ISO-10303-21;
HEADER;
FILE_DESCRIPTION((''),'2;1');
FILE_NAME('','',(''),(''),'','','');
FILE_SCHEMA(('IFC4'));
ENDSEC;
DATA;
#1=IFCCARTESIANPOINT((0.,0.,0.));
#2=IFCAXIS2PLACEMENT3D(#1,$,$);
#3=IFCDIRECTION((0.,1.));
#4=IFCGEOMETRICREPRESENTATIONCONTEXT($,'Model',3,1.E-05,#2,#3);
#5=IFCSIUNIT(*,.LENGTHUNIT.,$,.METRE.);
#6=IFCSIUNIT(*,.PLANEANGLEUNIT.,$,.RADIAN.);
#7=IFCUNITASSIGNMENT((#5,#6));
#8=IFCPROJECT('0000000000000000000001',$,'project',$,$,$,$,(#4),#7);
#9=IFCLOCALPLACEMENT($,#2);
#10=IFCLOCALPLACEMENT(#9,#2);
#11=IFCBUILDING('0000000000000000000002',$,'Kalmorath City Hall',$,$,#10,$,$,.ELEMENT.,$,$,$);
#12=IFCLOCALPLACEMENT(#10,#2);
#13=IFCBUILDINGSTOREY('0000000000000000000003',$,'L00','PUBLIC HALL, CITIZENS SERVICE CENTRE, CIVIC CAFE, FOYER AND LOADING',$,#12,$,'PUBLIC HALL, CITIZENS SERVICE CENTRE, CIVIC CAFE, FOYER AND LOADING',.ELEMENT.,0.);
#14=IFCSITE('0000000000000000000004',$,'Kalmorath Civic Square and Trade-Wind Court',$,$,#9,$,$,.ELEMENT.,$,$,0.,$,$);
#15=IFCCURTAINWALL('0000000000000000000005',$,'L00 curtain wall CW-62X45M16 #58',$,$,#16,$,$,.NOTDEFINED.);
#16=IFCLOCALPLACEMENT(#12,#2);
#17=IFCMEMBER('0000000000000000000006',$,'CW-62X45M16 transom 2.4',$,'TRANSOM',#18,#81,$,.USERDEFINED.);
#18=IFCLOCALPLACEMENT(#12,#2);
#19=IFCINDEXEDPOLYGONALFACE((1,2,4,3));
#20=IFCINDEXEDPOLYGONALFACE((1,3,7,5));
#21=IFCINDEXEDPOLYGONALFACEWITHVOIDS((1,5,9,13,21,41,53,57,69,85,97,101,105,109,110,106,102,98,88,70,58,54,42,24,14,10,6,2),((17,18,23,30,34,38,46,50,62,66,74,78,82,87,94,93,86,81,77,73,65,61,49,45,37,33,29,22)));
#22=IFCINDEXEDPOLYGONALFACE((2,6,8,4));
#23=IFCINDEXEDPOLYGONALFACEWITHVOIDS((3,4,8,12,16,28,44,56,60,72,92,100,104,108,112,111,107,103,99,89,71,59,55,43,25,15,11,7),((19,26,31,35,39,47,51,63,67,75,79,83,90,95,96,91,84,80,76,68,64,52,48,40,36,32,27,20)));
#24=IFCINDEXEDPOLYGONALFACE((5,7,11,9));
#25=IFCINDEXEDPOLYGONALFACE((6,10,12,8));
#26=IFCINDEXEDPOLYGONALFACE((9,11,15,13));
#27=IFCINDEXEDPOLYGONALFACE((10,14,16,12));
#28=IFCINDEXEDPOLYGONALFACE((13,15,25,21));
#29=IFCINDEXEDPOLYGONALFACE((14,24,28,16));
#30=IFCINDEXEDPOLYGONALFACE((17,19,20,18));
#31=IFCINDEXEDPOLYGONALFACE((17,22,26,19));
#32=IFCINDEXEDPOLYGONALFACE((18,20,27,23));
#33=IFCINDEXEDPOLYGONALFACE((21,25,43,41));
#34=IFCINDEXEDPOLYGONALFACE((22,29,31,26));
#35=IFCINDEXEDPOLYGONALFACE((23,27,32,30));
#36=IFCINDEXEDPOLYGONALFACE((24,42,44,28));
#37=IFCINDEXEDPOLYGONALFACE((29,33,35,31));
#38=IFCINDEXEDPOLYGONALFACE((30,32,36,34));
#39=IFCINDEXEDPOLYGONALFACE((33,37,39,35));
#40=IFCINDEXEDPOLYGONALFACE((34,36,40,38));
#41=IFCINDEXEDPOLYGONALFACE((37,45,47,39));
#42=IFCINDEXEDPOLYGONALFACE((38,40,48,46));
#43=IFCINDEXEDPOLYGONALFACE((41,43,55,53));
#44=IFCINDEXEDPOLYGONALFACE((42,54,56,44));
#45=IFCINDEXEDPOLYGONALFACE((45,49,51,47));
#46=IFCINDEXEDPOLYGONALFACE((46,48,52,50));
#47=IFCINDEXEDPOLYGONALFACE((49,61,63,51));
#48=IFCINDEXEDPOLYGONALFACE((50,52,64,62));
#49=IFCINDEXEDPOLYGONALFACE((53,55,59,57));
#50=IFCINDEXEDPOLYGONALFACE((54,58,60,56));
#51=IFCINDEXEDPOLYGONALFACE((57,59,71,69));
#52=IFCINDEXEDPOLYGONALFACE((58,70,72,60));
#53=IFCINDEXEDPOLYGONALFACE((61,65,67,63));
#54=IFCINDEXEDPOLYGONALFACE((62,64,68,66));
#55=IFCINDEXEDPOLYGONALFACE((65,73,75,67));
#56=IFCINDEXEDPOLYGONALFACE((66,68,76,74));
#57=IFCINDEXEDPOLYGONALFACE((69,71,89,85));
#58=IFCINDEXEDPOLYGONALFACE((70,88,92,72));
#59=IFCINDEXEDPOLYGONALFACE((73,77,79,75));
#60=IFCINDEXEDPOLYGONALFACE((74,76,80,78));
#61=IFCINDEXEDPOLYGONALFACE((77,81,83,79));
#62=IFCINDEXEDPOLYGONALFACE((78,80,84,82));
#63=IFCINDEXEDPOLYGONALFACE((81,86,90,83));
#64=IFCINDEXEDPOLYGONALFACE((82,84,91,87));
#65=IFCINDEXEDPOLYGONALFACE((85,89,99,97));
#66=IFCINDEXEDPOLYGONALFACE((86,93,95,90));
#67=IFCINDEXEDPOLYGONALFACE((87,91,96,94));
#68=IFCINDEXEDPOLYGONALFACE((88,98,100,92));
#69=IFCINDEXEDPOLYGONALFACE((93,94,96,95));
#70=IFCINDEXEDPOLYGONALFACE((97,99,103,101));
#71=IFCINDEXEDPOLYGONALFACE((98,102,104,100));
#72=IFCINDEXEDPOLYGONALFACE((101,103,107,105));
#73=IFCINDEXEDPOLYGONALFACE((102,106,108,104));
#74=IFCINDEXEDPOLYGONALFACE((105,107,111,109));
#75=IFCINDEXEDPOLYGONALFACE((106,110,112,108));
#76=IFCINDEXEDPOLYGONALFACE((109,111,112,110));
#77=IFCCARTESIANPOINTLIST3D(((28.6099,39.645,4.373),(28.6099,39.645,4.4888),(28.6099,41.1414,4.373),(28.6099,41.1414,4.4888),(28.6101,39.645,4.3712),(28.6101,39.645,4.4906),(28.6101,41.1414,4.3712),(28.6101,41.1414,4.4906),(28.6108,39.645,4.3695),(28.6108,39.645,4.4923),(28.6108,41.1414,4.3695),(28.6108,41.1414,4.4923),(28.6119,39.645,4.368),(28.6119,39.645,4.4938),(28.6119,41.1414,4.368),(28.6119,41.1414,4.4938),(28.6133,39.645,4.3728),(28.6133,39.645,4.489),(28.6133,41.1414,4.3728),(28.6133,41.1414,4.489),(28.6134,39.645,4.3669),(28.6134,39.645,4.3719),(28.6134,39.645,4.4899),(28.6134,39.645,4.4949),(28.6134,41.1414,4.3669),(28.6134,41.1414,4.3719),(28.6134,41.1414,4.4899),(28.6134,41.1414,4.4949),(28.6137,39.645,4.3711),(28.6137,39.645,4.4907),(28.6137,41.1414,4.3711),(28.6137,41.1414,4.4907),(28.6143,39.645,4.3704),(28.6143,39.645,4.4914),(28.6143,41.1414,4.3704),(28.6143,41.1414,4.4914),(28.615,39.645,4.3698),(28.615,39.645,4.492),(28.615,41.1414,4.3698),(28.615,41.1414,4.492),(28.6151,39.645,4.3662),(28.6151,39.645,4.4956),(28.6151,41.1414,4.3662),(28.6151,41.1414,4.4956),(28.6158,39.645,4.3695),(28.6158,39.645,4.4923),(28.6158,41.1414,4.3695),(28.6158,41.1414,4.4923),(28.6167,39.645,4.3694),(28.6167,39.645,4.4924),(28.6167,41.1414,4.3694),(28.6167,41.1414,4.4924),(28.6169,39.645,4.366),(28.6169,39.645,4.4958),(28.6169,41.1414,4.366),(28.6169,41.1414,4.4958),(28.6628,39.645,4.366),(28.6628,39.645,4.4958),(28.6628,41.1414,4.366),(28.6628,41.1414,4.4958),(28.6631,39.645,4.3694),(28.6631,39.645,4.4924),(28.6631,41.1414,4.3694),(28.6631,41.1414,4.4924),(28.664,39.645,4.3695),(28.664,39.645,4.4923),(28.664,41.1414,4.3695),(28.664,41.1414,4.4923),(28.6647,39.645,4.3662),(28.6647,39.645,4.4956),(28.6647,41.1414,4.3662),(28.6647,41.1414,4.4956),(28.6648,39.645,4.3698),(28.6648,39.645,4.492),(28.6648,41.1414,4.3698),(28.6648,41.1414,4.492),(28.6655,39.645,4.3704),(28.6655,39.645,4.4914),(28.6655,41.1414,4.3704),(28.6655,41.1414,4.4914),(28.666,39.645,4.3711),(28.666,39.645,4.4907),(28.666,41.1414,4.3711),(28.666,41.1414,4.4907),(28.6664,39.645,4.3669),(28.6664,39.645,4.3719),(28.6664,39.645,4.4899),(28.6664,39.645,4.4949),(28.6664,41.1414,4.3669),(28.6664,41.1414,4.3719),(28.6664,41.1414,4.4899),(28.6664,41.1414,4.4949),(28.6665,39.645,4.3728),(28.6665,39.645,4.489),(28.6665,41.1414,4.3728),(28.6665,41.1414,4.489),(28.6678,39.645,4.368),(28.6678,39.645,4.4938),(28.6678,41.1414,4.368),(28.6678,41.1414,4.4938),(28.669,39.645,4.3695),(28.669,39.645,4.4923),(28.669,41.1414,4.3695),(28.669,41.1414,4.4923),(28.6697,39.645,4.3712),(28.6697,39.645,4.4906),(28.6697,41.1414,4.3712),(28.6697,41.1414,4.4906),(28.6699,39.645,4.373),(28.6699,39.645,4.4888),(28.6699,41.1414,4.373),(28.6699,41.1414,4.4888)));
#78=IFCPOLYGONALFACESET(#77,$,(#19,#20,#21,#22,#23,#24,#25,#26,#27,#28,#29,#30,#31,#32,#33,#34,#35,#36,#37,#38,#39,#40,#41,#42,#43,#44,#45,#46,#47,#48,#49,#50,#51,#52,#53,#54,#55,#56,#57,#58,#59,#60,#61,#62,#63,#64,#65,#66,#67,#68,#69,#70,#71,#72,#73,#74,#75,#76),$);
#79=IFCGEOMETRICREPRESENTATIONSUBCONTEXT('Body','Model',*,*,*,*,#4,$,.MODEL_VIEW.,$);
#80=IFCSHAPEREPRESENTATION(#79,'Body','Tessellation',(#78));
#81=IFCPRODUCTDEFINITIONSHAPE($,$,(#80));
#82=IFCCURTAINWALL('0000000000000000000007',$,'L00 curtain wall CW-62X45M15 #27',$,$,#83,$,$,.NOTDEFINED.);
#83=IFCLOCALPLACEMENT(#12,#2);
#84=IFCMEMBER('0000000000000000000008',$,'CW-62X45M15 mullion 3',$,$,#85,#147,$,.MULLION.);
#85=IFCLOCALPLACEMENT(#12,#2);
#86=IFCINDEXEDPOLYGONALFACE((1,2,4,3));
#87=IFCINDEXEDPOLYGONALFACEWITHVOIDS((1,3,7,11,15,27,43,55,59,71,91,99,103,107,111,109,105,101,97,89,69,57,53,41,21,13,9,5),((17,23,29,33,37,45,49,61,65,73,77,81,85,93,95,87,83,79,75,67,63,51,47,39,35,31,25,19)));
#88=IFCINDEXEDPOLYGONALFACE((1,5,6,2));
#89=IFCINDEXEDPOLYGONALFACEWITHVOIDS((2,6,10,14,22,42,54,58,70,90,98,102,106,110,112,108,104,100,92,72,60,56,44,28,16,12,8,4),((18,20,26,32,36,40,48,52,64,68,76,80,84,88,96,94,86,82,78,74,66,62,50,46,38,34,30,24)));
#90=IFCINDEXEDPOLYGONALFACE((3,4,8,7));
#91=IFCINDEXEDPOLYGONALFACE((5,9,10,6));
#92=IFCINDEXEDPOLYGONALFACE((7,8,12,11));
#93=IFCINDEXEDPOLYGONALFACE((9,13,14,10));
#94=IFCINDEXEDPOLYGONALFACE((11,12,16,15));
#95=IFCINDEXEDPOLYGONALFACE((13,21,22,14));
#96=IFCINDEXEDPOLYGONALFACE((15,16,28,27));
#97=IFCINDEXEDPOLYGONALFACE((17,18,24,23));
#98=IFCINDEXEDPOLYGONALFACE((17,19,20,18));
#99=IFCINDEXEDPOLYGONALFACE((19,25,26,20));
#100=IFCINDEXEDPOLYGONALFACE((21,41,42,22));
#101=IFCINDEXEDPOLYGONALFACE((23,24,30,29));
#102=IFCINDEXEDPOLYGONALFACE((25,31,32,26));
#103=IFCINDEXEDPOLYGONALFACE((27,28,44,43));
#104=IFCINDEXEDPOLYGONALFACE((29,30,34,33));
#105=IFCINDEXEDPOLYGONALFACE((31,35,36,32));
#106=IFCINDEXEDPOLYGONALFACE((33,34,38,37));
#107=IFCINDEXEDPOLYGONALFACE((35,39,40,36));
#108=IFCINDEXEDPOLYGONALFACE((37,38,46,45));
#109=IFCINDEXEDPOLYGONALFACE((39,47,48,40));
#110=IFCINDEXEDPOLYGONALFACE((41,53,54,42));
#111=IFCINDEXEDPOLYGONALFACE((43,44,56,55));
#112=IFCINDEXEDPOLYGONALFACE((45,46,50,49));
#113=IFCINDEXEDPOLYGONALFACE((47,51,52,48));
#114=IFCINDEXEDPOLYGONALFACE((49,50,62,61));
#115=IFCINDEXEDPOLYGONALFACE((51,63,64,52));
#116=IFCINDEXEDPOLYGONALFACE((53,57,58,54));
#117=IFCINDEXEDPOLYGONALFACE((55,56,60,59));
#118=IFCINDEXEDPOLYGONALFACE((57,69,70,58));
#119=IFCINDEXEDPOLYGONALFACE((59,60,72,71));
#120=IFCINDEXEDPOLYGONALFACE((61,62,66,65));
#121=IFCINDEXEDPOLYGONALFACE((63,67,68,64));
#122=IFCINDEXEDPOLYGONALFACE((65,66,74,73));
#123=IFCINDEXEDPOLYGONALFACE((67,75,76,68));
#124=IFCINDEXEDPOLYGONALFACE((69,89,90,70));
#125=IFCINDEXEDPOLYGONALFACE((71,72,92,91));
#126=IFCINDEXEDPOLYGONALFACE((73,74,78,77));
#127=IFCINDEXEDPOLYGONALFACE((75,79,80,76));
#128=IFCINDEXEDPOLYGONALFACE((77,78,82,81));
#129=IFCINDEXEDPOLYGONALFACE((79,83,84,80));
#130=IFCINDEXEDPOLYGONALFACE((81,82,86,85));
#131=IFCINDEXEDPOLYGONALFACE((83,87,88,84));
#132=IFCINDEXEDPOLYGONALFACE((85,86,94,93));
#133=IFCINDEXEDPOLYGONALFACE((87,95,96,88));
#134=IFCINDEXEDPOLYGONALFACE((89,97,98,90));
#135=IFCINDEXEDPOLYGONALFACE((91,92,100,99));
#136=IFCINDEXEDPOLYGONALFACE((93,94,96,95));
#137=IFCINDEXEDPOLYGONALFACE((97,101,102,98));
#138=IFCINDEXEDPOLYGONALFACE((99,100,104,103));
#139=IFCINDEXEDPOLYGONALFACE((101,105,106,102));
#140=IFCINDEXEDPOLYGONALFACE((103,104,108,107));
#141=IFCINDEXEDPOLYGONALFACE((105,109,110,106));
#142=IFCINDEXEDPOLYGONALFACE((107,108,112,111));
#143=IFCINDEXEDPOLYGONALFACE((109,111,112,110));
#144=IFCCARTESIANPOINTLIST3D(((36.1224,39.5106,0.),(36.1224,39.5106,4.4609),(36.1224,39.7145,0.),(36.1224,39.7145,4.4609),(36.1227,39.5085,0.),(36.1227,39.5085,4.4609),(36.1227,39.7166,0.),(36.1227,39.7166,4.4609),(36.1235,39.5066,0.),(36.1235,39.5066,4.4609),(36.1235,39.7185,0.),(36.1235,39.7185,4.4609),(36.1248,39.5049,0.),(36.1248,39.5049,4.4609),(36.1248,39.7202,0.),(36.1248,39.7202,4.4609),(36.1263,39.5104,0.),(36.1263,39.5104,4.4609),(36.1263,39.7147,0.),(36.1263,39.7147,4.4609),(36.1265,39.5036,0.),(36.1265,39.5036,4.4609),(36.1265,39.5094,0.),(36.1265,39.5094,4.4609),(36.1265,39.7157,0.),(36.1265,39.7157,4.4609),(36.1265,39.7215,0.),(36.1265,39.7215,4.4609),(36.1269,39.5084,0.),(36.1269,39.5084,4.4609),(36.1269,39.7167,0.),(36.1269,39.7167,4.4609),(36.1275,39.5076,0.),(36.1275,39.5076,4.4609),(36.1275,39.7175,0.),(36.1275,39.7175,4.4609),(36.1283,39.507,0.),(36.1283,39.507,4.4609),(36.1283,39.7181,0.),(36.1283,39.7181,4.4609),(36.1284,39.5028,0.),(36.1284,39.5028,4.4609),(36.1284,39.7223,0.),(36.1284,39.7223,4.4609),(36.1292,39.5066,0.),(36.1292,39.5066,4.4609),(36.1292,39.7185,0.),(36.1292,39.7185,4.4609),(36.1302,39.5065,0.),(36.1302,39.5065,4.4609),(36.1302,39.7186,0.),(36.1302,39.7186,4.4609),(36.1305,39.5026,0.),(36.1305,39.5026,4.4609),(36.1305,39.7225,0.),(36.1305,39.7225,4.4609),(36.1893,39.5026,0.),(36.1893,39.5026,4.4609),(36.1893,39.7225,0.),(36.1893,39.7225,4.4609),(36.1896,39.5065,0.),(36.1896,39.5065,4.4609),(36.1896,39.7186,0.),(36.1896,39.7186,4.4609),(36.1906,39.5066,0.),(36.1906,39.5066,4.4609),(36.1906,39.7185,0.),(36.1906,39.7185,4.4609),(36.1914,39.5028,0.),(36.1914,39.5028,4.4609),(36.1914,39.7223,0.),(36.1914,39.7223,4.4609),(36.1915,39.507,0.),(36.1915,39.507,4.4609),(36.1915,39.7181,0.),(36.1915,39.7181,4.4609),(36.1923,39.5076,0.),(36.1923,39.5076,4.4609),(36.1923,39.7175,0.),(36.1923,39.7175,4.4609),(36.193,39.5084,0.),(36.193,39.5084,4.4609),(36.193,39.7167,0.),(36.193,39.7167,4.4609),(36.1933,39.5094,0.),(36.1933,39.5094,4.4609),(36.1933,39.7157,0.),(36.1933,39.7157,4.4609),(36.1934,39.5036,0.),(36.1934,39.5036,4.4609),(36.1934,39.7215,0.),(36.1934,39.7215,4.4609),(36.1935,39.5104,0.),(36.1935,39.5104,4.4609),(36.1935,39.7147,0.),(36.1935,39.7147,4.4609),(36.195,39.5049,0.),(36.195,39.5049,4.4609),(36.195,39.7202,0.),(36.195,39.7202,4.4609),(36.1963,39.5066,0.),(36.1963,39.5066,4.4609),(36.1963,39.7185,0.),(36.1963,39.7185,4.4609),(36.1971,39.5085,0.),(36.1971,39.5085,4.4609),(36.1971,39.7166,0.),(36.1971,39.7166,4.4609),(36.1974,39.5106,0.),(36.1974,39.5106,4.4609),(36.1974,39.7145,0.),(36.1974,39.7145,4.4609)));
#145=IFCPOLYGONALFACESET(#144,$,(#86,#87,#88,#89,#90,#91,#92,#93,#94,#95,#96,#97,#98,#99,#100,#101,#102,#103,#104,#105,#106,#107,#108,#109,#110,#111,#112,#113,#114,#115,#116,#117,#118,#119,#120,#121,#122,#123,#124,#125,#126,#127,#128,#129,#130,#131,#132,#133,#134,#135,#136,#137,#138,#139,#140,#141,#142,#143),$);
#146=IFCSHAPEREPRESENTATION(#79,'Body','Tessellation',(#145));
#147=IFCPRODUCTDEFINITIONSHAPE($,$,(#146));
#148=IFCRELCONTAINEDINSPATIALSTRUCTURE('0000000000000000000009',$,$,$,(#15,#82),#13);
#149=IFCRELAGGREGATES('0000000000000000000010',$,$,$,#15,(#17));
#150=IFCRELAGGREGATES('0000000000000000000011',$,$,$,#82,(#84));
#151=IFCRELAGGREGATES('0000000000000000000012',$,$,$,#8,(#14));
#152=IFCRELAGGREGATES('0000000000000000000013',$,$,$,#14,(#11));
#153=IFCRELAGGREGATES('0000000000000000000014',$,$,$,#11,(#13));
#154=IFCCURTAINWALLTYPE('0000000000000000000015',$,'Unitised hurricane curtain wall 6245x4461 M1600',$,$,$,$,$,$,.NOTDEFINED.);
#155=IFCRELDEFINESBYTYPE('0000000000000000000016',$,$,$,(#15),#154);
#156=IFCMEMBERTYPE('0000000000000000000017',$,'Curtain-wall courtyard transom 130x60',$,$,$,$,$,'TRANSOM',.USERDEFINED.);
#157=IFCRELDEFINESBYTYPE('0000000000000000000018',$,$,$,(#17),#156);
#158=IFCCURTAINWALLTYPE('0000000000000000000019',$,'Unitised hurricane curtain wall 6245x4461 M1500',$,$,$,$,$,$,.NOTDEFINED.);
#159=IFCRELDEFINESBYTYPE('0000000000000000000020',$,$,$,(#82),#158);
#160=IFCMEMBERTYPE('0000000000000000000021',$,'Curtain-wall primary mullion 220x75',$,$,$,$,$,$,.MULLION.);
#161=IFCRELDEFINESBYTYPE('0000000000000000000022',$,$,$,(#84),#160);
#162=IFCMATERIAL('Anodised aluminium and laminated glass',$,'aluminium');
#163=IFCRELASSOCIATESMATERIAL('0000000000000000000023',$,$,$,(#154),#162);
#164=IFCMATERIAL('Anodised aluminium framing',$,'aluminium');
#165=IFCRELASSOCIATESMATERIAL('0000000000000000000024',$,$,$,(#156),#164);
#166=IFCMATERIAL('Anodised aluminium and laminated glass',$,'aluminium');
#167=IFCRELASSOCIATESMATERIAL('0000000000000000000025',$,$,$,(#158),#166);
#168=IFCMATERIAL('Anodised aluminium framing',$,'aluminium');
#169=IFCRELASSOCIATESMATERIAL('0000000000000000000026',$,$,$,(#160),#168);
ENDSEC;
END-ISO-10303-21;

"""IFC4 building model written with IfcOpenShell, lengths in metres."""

from ifc_helpers import new_model, si_unit, direction, frame, origin, origin_2d, place, context, subcontext, project, spatial, hollow_rectangle, extrude, material, material_profile, profile_set, type_object, element, aggregate, save


model = new_model("IFC4")

# Units and contexts
model_context = context("Model", 3, precision=1e-05, world=origin(), true_north=direction((0.0, 1.0)))
body_context = subcontext(model_context, "Body", "Model", "MODEL_VIEW")
ifc_project = project(units=[si_unit("LENGTHUNIT", "METRE"), si_unit("PLANEANGLEUNIT", "RADIAN")], contexts=[model_context])

# Site, building, storey
site_placement = place(None, origin())
site = spatial("IfcSite", under=ifc_project, at=site_placement, Name="Kalmorath Civic Square and Trade-Wind Court", CompositionType="ELEMENT", RefElevation=0.0)
building_placement = place(site_placement, origin())
building = spatial("IfcBuilding", under=site, at=building_placement, Name="Kalmorath City Hall", CompositionType="ELEMENT")
storey_placement = place(building_placement, origin())
storey = spatial("IfcBuildingStorey", under=building, at=storey_placement, Name="L00", Description="PUBLIC HALL, CITIZENS SERVICE CENTRE, CIVIC CAFE, FOYER AND LOADING", LongName="PUBLIC HALL, CITIZENS SERVICE CENTRE, CIVIC CAFE, FOYER AND LOADING", CompositionType="ELEMENT", Elevation=0.0)

# Curtain walls, members
ifc_material_1 = material(Name="Anodised aluminium and laminated glass", Category="aluminium")
curtain_wall_type_1 = type_object("IfcCurtainWallType", Name="Unitised hurricane curtain wall 6245x4461 M1600", PredefinedType="NOTDEFINED", material=ifc_material_1)
curtain_wall_1_placement = place(storey_placement, origin())
curtain_wall_1 = element("IfcCurtainWall", 1, at=curtain_wall_1_placement, inside=storey, type_object=curtain_wall_type_1, Name="L00 curtain wall CW-62X45M16 #58", PredefinedType="NOTDEFINED")
ifc_material_2 = material(Name="Anodised aluminium framing", Category="aluminium")
ifc_material_profile_1 = material_profile(ifc_material_2, hollow_rectangle(XDim=0.0601, YDim=0.1299, WallThickness=0.0034, InnerFilletRadius=0.0034, OuterFilletRadius=0.0071, at=origin_2d()), Name="ALU-TRN-130X60X3.5")
ifc_profile_set_1 = profile_set([ifc_material_profile_1], Name="Anodised aluminium framing")
member_type_1 = type_object("IfcMemberType", Name="Curtain-wall courtyard transom 130x60", ElementType="TRANSOM", PredefinedType="USERDEFINED", material=ifc_profile_set_1)
member_1_placement = place(storey_placement, frame((28.6399, 41.1414, 4.4309), z_axis=(0.0, -1.0, 0.0), x_axis=(1.0, 0.0, 0.0)))
member_1 = element("IfcMember", 2, at=member_1_placement, type_object=member_type_1, Name="CW-62X45M16 transom 2.4", ObjectType="TRANSOM", PredefinedType="USERDEFINED", context=body_context, shape_type="SweptSolid", body=[
    extrude(hollow_rectangle(XDim=0.0601, YDim=0.1299, WallThickness=0.0034, InnerFilletRadius=0.0034, OuterFilletRadius=0.0071, at=origin_2d()), origin(), (0.0, 0.0, 1.0), 1.4963),
])
ifc_material_3 = material(Name="Anodised aluminium and laminated glass", Category="aluminium")
curtain_wall_type_2 = type_object("IfcCurtainWallType", Name="Unitised hurricane curtain wall 6245x4461 M1500", PredefinedType="NOTDEFINED", material=ifc_material_3)
curtain_wall_2_placement = place(storey_placement, origin())
curtain_wall_2 = element("IfcCurtainWall", 3, at=curtain_wall_2_placement, inside=storey, type_object=curtain_wall_type_2, Name="L00 curtain wall CW-62X45M15 #27", PredefinedType="NOTDEFINED")
ifc_material_4 = material(Name="Anodised aluminium framing", Category="aluminium")
ifc_material_profile_2 = material_profile(ifc_material_4, hollow_rectangle(XDim=0.075, YDim=0.22, WallThickness=0.0039, InnerFilletRadius=0.0039, OuterFilletRadius=0.0081, at=origin_2d()), Name="ALU-MUL-220X75X4")
ifc_profile_set_2 = profile_set([ifc_material_profile_2], Name="Anodised aluminium framing")
member_type_2 = type_object("IfcMemberType", Name="Curtain-wall primary mullion 220x75", PredefinedType="MULLION", material=ifc_profile_set_2)
member_2_placement = place(storey_placement, frame((36.1599, 39.6125, 0.0), z_axis=(0.0, 0.0, 1.0), x_axis=(-1.0, 0.0, 0.0)))
member_2 = element("IfcMember", 4, at=member_2_placement, type_object=member_type_2, Name="CW-62X45M15 mullion 3", PredefinedType="MULLION", context=body_context, shape_type="SweptSolid", body=[
    extrude(hollow_rectangle(XDim=0.075, YDim=0.22, WallThickness=0.0039, InnerFilletRadius=0.0039, OuterFilletRadius=0.0081, at=origin_2d()), origin(), (0.0, 0.0, 1.0), 4.4609),
])

aggregate(curtain_wall_1, [member_1])
aggregate(curtain_wall_2, [member_2])

save(model, "model.ifc")
